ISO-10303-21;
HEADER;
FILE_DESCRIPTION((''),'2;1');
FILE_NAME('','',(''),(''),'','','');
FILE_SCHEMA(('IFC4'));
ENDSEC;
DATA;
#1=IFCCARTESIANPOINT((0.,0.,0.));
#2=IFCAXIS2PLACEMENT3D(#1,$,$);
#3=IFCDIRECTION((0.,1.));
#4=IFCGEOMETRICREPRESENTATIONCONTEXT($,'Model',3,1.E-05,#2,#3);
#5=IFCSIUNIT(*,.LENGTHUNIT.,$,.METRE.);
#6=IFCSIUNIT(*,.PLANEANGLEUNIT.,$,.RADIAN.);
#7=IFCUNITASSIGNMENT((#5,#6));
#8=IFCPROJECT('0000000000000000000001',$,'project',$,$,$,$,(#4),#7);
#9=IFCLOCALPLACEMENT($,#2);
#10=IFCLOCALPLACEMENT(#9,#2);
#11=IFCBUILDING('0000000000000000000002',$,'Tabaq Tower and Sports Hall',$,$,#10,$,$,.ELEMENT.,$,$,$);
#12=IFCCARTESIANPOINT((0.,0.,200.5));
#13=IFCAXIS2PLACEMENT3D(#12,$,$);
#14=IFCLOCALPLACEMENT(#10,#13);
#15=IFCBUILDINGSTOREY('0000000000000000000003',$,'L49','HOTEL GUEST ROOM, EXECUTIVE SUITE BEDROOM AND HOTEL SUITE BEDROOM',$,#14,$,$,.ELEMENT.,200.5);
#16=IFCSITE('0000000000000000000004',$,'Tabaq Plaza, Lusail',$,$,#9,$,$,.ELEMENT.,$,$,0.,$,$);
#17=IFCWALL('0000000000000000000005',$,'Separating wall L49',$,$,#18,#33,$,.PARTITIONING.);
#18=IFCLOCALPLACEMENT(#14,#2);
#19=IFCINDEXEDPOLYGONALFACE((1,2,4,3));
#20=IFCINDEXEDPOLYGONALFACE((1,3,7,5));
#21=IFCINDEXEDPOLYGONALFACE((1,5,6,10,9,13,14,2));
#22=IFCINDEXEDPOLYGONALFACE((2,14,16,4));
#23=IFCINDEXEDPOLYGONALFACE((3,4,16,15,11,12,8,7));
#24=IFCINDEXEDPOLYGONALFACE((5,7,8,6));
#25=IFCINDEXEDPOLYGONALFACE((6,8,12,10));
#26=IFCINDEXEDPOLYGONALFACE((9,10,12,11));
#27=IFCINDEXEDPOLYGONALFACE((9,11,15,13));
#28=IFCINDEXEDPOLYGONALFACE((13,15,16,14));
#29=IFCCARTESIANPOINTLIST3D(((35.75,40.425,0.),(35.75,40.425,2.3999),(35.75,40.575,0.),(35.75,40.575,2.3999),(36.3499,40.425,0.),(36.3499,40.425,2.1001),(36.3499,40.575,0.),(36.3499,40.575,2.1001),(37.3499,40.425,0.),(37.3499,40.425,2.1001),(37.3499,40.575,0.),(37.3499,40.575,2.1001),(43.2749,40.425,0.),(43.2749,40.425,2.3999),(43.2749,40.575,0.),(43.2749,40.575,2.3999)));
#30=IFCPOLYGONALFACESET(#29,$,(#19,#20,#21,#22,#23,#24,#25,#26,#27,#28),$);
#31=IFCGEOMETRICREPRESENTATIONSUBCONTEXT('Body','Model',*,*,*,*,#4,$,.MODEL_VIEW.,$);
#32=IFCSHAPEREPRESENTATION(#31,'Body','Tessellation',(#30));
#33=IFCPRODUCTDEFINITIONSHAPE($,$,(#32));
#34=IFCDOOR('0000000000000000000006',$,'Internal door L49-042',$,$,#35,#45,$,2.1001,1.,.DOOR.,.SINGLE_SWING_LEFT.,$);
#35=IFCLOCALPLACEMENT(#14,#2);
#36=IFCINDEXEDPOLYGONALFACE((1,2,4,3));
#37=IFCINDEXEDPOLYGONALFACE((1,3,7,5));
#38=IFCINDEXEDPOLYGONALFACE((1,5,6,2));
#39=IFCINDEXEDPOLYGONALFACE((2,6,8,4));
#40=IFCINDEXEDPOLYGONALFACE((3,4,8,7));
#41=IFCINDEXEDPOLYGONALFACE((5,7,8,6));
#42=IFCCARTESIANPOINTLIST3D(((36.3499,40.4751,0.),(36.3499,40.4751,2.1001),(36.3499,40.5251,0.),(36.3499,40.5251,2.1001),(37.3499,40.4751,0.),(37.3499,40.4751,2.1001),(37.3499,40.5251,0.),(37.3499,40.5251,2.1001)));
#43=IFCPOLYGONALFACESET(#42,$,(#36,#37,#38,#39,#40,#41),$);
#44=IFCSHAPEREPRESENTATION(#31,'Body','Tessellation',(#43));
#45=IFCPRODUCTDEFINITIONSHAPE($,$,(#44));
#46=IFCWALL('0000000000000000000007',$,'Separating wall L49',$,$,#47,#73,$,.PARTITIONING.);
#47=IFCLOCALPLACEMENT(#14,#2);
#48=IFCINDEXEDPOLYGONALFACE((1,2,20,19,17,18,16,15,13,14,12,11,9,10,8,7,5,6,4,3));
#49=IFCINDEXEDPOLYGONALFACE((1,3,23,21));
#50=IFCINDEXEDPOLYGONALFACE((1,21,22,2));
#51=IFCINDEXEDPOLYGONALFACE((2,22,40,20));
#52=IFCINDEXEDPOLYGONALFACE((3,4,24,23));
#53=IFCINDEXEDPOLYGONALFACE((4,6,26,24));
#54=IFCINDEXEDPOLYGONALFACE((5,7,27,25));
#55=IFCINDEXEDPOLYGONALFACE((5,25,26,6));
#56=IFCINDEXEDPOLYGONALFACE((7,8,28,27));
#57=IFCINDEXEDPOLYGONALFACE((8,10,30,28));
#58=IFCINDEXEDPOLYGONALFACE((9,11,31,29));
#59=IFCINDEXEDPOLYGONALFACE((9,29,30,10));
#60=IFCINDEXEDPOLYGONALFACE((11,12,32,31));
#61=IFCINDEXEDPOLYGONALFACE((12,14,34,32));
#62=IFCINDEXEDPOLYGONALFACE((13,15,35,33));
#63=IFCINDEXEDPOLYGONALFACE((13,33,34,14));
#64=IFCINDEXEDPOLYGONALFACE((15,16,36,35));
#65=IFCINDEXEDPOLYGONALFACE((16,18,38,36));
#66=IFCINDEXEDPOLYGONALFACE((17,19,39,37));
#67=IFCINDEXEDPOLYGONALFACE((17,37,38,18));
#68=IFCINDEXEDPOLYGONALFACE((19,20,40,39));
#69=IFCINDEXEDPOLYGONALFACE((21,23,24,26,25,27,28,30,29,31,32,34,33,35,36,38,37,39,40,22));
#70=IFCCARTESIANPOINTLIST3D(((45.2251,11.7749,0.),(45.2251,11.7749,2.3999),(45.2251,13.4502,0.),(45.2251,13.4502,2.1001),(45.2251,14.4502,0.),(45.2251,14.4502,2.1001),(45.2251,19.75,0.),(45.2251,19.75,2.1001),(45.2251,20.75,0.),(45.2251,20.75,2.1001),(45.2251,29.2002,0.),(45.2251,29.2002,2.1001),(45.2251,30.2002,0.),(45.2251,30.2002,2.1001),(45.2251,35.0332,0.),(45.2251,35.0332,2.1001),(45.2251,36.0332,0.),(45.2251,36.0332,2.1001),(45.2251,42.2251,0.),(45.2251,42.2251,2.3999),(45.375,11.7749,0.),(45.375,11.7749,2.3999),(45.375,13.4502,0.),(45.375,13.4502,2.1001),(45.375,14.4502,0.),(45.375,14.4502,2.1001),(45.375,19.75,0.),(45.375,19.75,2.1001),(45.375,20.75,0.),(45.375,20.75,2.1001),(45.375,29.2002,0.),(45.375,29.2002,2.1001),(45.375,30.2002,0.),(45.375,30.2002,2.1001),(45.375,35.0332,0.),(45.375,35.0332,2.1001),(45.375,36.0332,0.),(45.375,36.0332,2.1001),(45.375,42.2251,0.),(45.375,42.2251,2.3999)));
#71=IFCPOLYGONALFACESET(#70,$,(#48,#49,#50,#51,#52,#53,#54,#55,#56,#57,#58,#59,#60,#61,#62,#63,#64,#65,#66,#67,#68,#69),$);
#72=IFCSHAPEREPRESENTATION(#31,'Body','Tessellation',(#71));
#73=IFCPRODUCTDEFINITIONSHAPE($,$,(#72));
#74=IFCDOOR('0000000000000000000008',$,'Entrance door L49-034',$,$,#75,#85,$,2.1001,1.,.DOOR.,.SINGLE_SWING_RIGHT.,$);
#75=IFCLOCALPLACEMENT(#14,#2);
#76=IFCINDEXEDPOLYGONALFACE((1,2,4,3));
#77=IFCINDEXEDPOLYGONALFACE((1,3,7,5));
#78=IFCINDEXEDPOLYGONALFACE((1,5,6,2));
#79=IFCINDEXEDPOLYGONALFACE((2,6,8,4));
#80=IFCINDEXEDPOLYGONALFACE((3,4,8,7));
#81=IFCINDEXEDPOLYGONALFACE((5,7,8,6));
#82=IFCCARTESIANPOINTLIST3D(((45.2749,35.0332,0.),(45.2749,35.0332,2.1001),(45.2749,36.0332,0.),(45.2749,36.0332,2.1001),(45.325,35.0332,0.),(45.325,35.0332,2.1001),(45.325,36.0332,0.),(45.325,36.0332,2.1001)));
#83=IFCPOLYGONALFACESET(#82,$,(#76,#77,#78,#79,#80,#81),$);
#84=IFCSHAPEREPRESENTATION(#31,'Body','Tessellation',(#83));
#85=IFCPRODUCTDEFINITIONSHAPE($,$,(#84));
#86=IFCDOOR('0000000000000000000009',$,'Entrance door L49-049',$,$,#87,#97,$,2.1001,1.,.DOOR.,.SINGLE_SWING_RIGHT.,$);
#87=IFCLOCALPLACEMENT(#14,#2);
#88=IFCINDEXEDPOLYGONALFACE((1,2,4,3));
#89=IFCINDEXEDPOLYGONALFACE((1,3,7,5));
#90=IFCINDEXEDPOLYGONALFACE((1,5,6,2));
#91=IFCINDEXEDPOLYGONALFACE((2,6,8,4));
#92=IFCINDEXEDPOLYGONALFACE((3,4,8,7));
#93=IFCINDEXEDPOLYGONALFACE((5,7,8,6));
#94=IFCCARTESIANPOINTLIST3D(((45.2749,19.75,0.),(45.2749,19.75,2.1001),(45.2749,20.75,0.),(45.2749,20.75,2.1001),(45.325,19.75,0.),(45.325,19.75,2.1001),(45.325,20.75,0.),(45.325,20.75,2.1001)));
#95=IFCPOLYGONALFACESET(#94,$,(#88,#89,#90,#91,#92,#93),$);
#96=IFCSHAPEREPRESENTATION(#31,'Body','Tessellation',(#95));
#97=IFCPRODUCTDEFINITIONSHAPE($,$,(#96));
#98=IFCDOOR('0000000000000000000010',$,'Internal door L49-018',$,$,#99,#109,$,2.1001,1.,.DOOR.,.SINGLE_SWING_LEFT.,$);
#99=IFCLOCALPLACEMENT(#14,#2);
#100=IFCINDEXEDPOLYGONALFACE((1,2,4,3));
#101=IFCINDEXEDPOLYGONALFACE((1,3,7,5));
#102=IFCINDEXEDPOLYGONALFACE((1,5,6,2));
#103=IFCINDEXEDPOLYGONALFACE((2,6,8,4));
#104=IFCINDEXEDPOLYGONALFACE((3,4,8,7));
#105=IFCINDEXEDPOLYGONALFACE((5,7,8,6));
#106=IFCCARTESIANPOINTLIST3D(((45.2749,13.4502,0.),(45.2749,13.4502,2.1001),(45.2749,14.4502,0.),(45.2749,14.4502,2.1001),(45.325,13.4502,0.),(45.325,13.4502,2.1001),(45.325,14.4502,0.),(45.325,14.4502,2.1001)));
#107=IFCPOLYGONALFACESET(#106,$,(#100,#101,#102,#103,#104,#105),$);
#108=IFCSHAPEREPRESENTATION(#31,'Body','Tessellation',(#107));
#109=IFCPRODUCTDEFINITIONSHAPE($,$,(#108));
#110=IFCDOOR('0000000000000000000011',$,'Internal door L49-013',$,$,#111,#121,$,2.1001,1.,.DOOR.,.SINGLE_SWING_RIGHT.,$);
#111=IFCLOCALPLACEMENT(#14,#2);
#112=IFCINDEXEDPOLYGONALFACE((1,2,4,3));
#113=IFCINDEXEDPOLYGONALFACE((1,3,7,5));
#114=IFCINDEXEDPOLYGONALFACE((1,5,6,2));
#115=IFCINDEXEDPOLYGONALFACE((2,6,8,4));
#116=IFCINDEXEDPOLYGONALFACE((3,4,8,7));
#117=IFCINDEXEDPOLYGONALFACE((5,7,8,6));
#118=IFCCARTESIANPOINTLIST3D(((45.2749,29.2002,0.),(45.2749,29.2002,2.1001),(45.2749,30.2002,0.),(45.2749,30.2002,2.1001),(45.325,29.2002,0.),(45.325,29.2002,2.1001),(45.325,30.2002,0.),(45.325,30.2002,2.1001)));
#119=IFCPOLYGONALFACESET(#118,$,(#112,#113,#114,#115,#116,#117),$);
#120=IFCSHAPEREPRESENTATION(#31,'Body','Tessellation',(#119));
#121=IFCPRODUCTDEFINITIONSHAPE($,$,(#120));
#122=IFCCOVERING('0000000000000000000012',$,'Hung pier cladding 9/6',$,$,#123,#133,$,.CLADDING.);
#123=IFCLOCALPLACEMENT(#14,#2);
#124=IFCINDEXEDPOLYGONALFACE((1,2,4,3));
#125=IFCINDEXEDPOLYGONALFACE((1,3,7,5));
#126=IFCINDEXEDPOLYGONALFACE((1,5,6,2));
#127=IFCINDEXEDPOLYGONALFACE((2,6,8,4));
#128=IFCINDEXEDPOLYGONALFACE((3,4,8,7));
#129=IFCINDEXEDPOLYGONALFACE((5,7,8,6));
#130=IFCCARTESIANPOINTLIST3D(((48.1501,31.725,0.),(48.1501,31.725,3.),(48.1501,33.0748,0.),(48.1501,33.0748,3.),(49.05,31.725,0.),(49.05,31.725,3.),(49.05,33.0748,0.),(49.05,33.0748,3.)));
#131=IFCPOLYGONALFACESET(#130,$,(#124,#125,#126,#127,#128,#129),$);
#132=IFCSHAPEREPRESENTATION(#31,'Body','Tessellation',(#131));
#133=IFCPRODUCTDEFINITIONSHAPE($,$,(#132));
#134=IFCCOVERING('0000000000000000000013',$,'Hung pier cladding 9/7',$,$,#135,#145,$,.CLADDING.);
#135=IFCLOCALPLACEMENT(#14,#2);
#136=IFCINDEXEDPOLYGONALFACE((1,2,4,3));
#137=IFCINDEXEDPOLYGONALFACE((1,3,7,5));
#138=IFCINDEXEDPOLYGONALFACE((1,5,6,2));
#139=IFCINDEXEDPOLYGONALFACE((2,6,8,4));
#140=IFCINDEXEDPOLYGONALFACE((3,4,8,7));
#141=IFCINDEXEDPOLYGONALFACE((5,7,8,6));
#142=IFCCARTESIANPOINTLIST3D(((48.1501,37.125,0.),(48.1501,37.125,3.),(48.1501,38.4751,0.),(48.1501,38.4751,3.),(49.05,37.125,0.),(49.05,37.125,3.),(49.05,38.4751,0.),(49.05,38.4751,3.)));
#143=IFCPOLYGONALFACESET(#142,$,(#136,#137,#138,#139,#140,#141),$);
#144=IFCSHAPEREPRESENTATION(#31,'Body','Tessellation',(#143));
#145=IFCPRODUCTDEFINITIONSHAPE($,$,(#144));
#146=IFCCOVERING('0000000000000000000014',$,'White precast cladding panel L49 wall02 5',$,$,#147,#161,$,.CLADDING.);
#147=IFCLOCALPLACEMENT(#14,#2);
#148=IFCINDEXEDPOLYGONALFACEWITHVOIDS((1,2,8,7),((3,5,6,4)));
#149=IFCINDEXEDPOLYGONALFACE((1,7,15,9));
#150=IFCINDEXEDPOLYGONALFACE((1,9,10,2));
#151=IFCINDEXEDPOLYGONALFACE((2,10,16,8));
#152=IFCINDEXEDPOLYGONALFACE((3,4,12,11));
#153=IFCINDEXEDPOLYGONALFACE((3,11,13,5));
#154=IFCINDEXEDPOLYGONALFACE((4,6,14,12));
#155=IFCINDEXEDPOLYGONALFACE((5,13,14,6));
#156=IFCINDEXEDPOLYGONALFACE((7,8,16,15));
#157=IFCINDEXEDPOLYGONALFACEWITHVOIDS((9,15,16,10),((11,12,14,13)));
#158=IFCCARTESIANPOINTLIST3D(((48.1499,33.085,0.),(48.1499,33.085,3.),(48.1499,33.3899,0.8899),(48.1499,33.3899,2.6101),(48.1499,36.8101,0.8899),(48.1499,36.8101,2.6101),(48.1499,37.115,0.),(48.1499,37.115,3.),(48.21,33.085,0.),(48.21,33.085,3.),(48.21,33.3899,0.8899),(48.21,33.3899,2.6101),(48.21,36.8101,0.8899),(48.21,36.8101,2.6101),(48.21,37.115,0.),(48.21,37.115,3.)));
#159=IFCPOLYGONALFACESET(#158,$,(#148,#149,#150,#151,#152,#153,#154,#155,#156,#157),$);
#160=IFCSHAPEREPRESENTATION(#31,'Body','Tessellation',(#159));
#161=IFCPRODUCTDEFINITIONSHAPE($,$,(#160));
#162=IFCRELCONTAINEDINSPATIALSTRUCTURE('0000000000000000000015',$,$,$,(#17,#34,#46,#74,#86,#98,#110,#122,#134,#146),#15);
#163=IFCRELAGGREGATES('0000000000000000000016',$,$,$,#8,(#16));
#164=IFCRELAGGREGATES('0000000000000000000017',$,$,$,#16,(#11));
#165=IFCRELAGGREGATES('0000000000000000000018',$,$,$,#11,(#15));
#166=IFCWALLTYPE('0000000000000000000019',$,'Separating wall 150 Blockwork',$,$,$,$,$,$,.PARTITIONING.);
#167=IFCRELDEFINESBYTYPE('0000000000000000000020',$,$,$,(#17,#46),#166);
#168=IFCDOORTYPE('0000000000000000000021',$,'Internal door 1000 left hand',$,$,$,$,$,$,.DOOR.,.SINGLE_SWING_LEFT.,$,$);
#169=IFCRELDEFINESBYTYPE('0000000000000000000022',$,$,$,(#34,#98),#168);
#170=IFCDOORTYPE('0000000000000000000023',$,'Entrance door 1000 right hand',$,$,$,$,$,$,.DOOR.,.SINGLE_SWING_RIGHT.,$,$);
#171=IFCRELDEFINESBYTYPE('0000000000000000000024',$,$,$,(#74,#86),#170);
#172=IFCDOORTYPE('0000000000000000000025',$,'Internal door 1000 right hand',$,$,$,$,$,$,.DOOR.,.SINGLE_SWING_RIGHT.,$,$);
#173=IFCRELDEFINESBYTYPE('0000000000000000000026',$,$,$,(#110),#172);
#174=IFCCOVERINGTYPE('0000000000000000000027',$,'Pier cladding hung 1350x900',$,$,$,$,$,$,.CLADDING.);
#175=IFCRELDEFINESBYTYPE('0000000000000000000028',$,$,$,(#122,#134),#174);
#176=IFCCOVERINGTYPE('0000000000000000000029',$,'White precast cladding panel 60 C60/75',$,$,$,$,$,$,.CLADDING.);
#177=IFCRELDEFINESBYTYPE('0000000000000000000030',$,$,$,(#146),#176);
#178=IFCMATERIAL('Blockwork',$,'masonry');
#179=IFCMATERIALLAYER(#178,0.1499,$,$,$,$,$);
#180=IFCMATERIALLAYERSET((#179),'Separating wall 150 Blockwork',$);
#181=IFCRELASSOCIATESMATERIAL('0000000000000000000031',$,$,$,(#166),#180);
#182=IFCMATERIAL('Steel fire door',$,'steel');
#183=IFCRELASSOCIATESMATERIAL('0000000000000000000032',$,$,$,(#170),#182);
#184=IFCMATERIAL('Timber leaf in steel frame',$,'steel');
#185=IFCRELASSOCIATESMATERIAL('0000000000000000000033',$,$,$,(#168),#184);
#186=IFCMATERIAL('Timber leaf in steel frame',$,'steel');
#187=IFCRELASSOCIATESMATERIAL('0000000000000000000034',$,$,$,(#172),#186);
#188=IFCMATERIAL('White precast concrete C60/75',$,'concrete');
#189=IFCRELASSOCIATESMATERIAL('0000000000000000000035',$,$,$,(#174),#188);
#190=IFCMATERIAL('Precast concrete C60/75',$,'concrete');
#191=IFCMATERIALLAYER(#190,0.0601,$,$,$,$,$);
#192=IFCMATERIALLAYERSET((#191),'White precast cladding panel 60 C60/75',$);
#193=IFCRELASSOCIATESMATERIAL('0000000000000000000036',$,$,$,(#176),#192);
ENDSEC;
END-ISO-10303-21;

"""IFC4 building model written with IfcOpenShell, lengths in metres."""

from ifc_helpers import new_model, si_unit, direction, frame, frame_2d, origin, place, context, subcontext, project, spatial, polyline, rectangle, outline, extrude, material, layer, layer_set, type_object, element, fill, save


model = new_model("IFC4")

# Units and contexts
model_context = context("Model", 3, precision=1e-05, world=origin(), true_north=direction((0.0, 1.0)))
body_context = subcontext(model_context, "Body", "Model", "MODEL_VIEW")
ifc_project = project(units=[si_unit("LENGTHUNIT", "METRE"), si_unit("PLANEANGLEUNIT", "RADIAN")], contexts=[model_context])

# Site, building, storey
site_placement = place(None, origin())
site = spatial("IfcSite", under=ifc_project, at=site_placement, Name="Tabaq Plaza, Lusail", CompositionType="ELEMENT", RefElevation=0.0)
building_placement = place(site_placement, origin())
building = spatial("IfcBuilding", under=site, at=building_placement, Name="Tabaq Tower and Sports Hall", CompositionType="ELEMENT")
storey_placement = place(building_placement, frame((0.0, 0.0, 200.5)))
storey = spatial("IfcBuildingStorey", under=building, at=storey_placement, Name="L49", Description="HOTEL GUEST ROOM, EXECUTIVE SUITE BEDROOM AND HOTEL SUITE BEDROOM", CompositionType="ELEMENT", Elevation=200.5)

# Shared definitions
ifc_material_1 = material(Name="Blockwork", Category="masonry")
ifc_layer_1 = layer(ifc_material_1, 0.1499)
ifc_layer_set_1 = layer_set([ifc_layer_1], Name="Separating wall 150 Blockwork")
wall_type_1 = type_object("IfcWallType", Name="Separating wall 150 Blockwork", PredefinedType="PARTITIONING", material=ifc_layer_set_1)

# Shared definitions
ifc_material_2 = material(Name="Steel fire door", Category="steel")
door_type_1 = type_object("IfcDoorType", Name="Entrance door 1000 right hand", OperationType="SINGLE_SWING_RIGHT", PredefinedType="DOOR", material=ifc_material_2)

# Wall, opening, door
wall_1_placement = place(storey_placement, frame((43.2749, 40.5, 0.0), z_axis=(0.0, 0.0, 1.0), x_axis=(-1.0, 0.0, 0.0)))
wall_1 = element("IfcWall", 1, at=wall_1_placement, inside=storey, type_object=wall_type_1, Name="Separating wall L49", PredefinedType="PARTITIONING", context=body_context, shape_type="SweptSolid", body=[
    extrude(rectangle(XDim=7.5249, YDim=0.1499, at=frame_2d((3.7625, 0.0))), origin(), (0.0, 0.0, 1.0), 2.3999),
])
opening_1_placement = place(wall_1_placement, frame((5.925, 0.0, 0.0)))
opening_1 = element("IfcOpeningElement", 2, at=opening_1_placement, cuts=wall_1, PredefinedType="OPENING", context=body_context, shape_type="SweptSolid", body=[
    extrude(rectangle(XDim=1.0, YDim=2.1001, at=frame_2d((0.5, 1.05))), frame((0.0, 0.075, 0.0), z_axis=(0.0, -1.0, 0.0), x_axis=(1.0, 0.0, 0.0)), (0.0, 0.0, 1.0), 0.1499),
])
ifc_material_3 = material(Name="Timber leaf in steel frame", Category="steel")
door_type_2 = type_object("IfcDoorType", Name="Internal door 1000 left hand", OperationType="SINGLE_SWING_LEFT", PredefinedType="DOOR", material=ifc_material_3)
door_1_placement = place(opening_1_placement, origin())
door_1 = element("IfcDoor", 3, at=door_1_placement, inside=storey, type_object=door_type_2, Name="Internal door L49-042", OperationType="SINGLE_SWING_LEFT", OverallHeight=2.1001, OverallWidth=1.0, PredefinedType="DOOR", context=body_context, shape_type="SweptSolid", body=[
    extrude(rectangle(XDim=1.0, YDim=2.1001, at=frame_2d((0.5, 1.05))), frame((0.0, 0.0249, 0.0), z_axis=(0.0, -1.0, 0.0), x_axis=(1.0, 0.0, 0.0)), (0.0, 0.0, 1.0), 0.05),
])
fill(opening_1, door_1)

# Wall, openings, doors
wall_2_placement = place(storey_placement, frame((45.3, 42.2251, 0.0), z_axis=(0.0, 0.0, 1.0), x_axis=(0.0, -1.0, 0.0)))
wall_2 = element("IfcWall", 4, at=wall_2_placement, inside=storey, type_object=wall_type_1, Name="Separating wall L49", PredefinedType="PARTITIONING", context=body_context, shape_type="SweptSolid", body=[
    extrude(rectangle(XDim=30.4502, YDim=0.1499, at=frame_2d((15.2251, 0.0))), origin(), (0.0, 0.0, 1.0), 2.3999),
])
opening_2_placement = place(wall_2_placement, frame((12.0249, 0.0, 0.0)))
opening_2 = element("IfcOpeningElement", 5, at=opening_2_placement, cuts=wall_2, PredefinedType="OPENING", context=body_context, shape_type="SweptSolid", body=[
    extrude(rectangle(XDim=1.0, YDim=2.1001, at=frame_2d((0.5, 1.05))), frame((0.0, 0.075, 0.0), z_axis=(0.0, -1.0, 0.0), x_axis=(1.0, 0.0, 0.0)), (0.0, 0.0, 1.0), 0.1499),
])
opening_3_placement = place(wall_2_placement, frame((27.7749, 0.0, 0.0)))
opening_3 = element("IfcOpeningElement", 6, at=opening_3_placement, cuts=wall_2, PredefinedType="OPENING", context=body_context, shape_type="SweptSolid", body=[
    extrude(rectangle(XDim=1.0, YDim=2.1001, at=frame_2d((0.5, 1.05))), frame((0.0, 0.075, 0.0), z_axis=(0.0, -1.0, 0.0), x_axis=(1.0, 0.0, 0.0)), (0.0, 0.0, 1.0), 0.1499),
])
opening_4_placement = place(wall_2_placement, frame((6.1919, 0.0, 0.0)))
opening_4 = element("IfcOpeningElement", 7, at=opening_4_placement, cuts=wall_2, PredefinedType="OPENING", context=body_context, shape_type="SweptSolid", body=[
    extrude(rectangle(XDim=1.0, YDim=2.1001, at=frame_2d((0.5, 1.05))), frame((0.0, 0.075, 0.0), z_axis=(0.0, -1.0, 0.0), x_axis=(1.0, 0.0, 0.0)), (0.0, 0.0, 1.0), 0.1499),
])
opening_5_placement = place(wall_2_placement, frame((21.4751, 0.0, 0.0)))
opening_5 = element("IfcOpeningElement", 8, at=opening_5_placement, cuts=wall_2, PredefinedType="OPENING", context=body_context, shape_type="SweptSolid", body=[
    extrude(rectangle(XDim=1.0, YDim=2.1001, at=frame_2d((0.5, 1.05))), frame((0.0, 0.075, 0.0), z_axis=(0.0, -1.0, 0.0), x_axis=(1.0, 0.0, 0.0)), (0.0, 0.0, 1.0), 0.1499),
])
door_2_placement = place(opening_4_placement, origin())
door_2 = element("IfcDoor", 9, at=door_2_placement, inside=storey, type_object=door_type_1, Name="Entrance door L49-034", OperationType="SINGLE_SWING_RIGHT", OverallHeight=2.1001, OverallWidth=1.0, PredefinedType="DOOR", context=body_context, shape_type="SweptSolid", body=[
    extrude(rectangle(XDim=1.0, YDim=2.1001, at=frame_2d((0.5, 1.05))), frame((0.0, 0.0249, 0.0), z_axis=(0.0, -1.0, 0.0), x_axis=(1.0, 0.0, 0.0)), (0.0, 0.0, 1.0), 0.05),
])
fill(opening_4, door_2)
door_3_placement = place(opening_5_placement, origin())
door_3 = element("IfcDoor", 10, at=door_3_placement, inside=storey, type_object=door_type_1, Name="Entrance door L49-049", OperationType="SINGLE_SWING_RIGHT", OverallHeight=2.1001, OverallWidth=1.0, PredefinedType="DOOR", context=body_context, shape_type="SweptSolid", body=[
    extrude(rectangle(XDim=1.0, YDim=2.1001, at=frame_2d((0.5, 1.05))), frame((0.0, 0.0249, 0.0), z_axis=(0.0, -1.0, 0.0), x_axis=(1.0, 0.0, 0.0)), (0.0, 0.0, 1.0), 0.05),
])
fill(opening_5, door_3)
door_4_placement = place(opening_3_placement, origin())
door_4 = element("IfcDoor", 11, at=door_4_placement, inside=storey, type_object=door_type_2, Name="Internal door L49-018", OperationType="SINGLE_SWING_LEFT", OverallHeight=2.1001, OverallWidth=1.0, PredefinedType="DOOR", context=body_context, shape_type="SweptSolid", body=[
    extrude(rectangle(XDim=1.0, YDim=2.1001, at=frame_2d((0.5, 1.05))), frame((0.0, 0.0249, 0.0), z_axis=(0.0, -1.0, 0.0), x_axis=(1.0, 0.0, 0.0)), (0.0, 0.0, 1.0), 0.05),
])
fill(opening_3, door_4)
ifc_material_4 = material(Name="Timber leaf in steel frame", Category="steel")
door_type_3 = type_object("IfcDoorType", Name="Internal door 1000 right hand", OperationType="SINGLE_SWING_RIGHT", PredefinedType="DOOR", material=ifc_material_4)
door_5_placement = place(opening_2_placement, origin())
door_5 = element("IfcDoor", 12, at=door_5_placement, inside=storey, type_object=door_type_3, Name="Internal door L49-013", OperationType="SINGLE_SWING_RIGHT", OverallHeight=2.1001, OverallWidth=1.0, PredefinedType="DOOR", context=body_context, shape_type="SweptSolid", body=[
    extrude(rectangle(XDim=1.0, YDim=2.1001, at=frame_2d((0.5, 1.05))), frame((0.0, 0.0249, 0.0), z_axis=(0.0, -1.0, 0.0), x_axis=(1.0, 0.0, 0.0)), (0.0, 0.0, 1.0), 0.05),
])
fill(opening_2, door_5)

# Coverings
ifc_material_5 = material(Name="White precast concrete C60/75", Category="concrete")
covering_type_1 = type_object("IfcCoveringType", Name="Pier cladding hung 1350x900", PredefinedType="CLADDING", material=ifc_material_5)
covering_1_placement = place(storey_placement, frame((48.6001, 31.7251, 0.0), z_axis=(0.0, 0.0, 1.0), x_axis=(0.0, 1.0, 0.0)))
element("IfcCovering", 13, at=covering_1_placement, inside=storey, type_object=covering_type_1, Name="Hung pier cladding 9/6", PredefinedType="CLADDING", context=body_context, shape_type="SweptSolid", body=[
    extrude(rectangle(XDim=1.3499, YDim=0.8999, at=frame_2d((0.6748, 0.0))), origin(), (0.0, 0.0, 1.0), 3.0),
])
covering_2_placement = place(storey_placement, frame((48.6001, 37.125, 0.0), z_axis=(0.0, 0.0, 1.0), x_axis=(0.0, 1.0, 0.0)))
element("IfcCovering", 14, at=covering_2_placement, inside=storey, type_object=covering_type_1, Name="Hung pier cladding 9/7", PredefinedType="CLADDING", context=body_context, shape_type="SweptSolid", body=[
    extrude(rectangle(XDim=1.3501, YDim=0.8999, at=frame_2d((0.675, 0.0))), origin(), (0.0, 0.0, 1.0), 3.0),
])
ifc_material_6 = material(Name="Precast concrete C60/75", Category="concrete")
ifc_layer_2 = layer(ifc_material_6, 0.0601)
ifc_layer_set_2 = layer_set([ifc_layer_2], Name="White precast cladding panel 60 C60/75")
covering_type_2 = type_object("IfcCoveringType", Name="White precast cladding panel 60 C60/75", PredefinedType="CLADDING", material=ifc_layer_set_2)
covering_3_placement = place(storey_placement, frame((48.1799, 33.085, 0.0), z_axis=(0.0, 0.0, 1.0), x_axis=(0.0, 1.0, 0.0)))
element("IfcCovering", 15, at=covering_3_placement, inside=storey, type_object=covering_type_2, Name="White precast cladding panel L49 wall02 5", PredefinedType="CLADDING", context=body_context, shape_type="SweptSolid", body=[
    extrude(outline(polyline([(0.0, 0.0), (4.03, 0.0), (4.03, 3.0), (0.0, 3.0), (0.0, 0.0)]), holes=[polyline([(0.3049, 0.8899), (0.3049, 2.6101), (3.7251, 2.6101), (3.7251, 0.8899), (0.3049, 0.8899)])]), frame((0.0, 0.03, 0.0), z_axis=(0.0, -1.0, 0.0), x_axis=(1.0, 0.0, 0.0)), (0.0, 0.0, 1.0), 0.0601),
])

save(model, "model.ifc")
